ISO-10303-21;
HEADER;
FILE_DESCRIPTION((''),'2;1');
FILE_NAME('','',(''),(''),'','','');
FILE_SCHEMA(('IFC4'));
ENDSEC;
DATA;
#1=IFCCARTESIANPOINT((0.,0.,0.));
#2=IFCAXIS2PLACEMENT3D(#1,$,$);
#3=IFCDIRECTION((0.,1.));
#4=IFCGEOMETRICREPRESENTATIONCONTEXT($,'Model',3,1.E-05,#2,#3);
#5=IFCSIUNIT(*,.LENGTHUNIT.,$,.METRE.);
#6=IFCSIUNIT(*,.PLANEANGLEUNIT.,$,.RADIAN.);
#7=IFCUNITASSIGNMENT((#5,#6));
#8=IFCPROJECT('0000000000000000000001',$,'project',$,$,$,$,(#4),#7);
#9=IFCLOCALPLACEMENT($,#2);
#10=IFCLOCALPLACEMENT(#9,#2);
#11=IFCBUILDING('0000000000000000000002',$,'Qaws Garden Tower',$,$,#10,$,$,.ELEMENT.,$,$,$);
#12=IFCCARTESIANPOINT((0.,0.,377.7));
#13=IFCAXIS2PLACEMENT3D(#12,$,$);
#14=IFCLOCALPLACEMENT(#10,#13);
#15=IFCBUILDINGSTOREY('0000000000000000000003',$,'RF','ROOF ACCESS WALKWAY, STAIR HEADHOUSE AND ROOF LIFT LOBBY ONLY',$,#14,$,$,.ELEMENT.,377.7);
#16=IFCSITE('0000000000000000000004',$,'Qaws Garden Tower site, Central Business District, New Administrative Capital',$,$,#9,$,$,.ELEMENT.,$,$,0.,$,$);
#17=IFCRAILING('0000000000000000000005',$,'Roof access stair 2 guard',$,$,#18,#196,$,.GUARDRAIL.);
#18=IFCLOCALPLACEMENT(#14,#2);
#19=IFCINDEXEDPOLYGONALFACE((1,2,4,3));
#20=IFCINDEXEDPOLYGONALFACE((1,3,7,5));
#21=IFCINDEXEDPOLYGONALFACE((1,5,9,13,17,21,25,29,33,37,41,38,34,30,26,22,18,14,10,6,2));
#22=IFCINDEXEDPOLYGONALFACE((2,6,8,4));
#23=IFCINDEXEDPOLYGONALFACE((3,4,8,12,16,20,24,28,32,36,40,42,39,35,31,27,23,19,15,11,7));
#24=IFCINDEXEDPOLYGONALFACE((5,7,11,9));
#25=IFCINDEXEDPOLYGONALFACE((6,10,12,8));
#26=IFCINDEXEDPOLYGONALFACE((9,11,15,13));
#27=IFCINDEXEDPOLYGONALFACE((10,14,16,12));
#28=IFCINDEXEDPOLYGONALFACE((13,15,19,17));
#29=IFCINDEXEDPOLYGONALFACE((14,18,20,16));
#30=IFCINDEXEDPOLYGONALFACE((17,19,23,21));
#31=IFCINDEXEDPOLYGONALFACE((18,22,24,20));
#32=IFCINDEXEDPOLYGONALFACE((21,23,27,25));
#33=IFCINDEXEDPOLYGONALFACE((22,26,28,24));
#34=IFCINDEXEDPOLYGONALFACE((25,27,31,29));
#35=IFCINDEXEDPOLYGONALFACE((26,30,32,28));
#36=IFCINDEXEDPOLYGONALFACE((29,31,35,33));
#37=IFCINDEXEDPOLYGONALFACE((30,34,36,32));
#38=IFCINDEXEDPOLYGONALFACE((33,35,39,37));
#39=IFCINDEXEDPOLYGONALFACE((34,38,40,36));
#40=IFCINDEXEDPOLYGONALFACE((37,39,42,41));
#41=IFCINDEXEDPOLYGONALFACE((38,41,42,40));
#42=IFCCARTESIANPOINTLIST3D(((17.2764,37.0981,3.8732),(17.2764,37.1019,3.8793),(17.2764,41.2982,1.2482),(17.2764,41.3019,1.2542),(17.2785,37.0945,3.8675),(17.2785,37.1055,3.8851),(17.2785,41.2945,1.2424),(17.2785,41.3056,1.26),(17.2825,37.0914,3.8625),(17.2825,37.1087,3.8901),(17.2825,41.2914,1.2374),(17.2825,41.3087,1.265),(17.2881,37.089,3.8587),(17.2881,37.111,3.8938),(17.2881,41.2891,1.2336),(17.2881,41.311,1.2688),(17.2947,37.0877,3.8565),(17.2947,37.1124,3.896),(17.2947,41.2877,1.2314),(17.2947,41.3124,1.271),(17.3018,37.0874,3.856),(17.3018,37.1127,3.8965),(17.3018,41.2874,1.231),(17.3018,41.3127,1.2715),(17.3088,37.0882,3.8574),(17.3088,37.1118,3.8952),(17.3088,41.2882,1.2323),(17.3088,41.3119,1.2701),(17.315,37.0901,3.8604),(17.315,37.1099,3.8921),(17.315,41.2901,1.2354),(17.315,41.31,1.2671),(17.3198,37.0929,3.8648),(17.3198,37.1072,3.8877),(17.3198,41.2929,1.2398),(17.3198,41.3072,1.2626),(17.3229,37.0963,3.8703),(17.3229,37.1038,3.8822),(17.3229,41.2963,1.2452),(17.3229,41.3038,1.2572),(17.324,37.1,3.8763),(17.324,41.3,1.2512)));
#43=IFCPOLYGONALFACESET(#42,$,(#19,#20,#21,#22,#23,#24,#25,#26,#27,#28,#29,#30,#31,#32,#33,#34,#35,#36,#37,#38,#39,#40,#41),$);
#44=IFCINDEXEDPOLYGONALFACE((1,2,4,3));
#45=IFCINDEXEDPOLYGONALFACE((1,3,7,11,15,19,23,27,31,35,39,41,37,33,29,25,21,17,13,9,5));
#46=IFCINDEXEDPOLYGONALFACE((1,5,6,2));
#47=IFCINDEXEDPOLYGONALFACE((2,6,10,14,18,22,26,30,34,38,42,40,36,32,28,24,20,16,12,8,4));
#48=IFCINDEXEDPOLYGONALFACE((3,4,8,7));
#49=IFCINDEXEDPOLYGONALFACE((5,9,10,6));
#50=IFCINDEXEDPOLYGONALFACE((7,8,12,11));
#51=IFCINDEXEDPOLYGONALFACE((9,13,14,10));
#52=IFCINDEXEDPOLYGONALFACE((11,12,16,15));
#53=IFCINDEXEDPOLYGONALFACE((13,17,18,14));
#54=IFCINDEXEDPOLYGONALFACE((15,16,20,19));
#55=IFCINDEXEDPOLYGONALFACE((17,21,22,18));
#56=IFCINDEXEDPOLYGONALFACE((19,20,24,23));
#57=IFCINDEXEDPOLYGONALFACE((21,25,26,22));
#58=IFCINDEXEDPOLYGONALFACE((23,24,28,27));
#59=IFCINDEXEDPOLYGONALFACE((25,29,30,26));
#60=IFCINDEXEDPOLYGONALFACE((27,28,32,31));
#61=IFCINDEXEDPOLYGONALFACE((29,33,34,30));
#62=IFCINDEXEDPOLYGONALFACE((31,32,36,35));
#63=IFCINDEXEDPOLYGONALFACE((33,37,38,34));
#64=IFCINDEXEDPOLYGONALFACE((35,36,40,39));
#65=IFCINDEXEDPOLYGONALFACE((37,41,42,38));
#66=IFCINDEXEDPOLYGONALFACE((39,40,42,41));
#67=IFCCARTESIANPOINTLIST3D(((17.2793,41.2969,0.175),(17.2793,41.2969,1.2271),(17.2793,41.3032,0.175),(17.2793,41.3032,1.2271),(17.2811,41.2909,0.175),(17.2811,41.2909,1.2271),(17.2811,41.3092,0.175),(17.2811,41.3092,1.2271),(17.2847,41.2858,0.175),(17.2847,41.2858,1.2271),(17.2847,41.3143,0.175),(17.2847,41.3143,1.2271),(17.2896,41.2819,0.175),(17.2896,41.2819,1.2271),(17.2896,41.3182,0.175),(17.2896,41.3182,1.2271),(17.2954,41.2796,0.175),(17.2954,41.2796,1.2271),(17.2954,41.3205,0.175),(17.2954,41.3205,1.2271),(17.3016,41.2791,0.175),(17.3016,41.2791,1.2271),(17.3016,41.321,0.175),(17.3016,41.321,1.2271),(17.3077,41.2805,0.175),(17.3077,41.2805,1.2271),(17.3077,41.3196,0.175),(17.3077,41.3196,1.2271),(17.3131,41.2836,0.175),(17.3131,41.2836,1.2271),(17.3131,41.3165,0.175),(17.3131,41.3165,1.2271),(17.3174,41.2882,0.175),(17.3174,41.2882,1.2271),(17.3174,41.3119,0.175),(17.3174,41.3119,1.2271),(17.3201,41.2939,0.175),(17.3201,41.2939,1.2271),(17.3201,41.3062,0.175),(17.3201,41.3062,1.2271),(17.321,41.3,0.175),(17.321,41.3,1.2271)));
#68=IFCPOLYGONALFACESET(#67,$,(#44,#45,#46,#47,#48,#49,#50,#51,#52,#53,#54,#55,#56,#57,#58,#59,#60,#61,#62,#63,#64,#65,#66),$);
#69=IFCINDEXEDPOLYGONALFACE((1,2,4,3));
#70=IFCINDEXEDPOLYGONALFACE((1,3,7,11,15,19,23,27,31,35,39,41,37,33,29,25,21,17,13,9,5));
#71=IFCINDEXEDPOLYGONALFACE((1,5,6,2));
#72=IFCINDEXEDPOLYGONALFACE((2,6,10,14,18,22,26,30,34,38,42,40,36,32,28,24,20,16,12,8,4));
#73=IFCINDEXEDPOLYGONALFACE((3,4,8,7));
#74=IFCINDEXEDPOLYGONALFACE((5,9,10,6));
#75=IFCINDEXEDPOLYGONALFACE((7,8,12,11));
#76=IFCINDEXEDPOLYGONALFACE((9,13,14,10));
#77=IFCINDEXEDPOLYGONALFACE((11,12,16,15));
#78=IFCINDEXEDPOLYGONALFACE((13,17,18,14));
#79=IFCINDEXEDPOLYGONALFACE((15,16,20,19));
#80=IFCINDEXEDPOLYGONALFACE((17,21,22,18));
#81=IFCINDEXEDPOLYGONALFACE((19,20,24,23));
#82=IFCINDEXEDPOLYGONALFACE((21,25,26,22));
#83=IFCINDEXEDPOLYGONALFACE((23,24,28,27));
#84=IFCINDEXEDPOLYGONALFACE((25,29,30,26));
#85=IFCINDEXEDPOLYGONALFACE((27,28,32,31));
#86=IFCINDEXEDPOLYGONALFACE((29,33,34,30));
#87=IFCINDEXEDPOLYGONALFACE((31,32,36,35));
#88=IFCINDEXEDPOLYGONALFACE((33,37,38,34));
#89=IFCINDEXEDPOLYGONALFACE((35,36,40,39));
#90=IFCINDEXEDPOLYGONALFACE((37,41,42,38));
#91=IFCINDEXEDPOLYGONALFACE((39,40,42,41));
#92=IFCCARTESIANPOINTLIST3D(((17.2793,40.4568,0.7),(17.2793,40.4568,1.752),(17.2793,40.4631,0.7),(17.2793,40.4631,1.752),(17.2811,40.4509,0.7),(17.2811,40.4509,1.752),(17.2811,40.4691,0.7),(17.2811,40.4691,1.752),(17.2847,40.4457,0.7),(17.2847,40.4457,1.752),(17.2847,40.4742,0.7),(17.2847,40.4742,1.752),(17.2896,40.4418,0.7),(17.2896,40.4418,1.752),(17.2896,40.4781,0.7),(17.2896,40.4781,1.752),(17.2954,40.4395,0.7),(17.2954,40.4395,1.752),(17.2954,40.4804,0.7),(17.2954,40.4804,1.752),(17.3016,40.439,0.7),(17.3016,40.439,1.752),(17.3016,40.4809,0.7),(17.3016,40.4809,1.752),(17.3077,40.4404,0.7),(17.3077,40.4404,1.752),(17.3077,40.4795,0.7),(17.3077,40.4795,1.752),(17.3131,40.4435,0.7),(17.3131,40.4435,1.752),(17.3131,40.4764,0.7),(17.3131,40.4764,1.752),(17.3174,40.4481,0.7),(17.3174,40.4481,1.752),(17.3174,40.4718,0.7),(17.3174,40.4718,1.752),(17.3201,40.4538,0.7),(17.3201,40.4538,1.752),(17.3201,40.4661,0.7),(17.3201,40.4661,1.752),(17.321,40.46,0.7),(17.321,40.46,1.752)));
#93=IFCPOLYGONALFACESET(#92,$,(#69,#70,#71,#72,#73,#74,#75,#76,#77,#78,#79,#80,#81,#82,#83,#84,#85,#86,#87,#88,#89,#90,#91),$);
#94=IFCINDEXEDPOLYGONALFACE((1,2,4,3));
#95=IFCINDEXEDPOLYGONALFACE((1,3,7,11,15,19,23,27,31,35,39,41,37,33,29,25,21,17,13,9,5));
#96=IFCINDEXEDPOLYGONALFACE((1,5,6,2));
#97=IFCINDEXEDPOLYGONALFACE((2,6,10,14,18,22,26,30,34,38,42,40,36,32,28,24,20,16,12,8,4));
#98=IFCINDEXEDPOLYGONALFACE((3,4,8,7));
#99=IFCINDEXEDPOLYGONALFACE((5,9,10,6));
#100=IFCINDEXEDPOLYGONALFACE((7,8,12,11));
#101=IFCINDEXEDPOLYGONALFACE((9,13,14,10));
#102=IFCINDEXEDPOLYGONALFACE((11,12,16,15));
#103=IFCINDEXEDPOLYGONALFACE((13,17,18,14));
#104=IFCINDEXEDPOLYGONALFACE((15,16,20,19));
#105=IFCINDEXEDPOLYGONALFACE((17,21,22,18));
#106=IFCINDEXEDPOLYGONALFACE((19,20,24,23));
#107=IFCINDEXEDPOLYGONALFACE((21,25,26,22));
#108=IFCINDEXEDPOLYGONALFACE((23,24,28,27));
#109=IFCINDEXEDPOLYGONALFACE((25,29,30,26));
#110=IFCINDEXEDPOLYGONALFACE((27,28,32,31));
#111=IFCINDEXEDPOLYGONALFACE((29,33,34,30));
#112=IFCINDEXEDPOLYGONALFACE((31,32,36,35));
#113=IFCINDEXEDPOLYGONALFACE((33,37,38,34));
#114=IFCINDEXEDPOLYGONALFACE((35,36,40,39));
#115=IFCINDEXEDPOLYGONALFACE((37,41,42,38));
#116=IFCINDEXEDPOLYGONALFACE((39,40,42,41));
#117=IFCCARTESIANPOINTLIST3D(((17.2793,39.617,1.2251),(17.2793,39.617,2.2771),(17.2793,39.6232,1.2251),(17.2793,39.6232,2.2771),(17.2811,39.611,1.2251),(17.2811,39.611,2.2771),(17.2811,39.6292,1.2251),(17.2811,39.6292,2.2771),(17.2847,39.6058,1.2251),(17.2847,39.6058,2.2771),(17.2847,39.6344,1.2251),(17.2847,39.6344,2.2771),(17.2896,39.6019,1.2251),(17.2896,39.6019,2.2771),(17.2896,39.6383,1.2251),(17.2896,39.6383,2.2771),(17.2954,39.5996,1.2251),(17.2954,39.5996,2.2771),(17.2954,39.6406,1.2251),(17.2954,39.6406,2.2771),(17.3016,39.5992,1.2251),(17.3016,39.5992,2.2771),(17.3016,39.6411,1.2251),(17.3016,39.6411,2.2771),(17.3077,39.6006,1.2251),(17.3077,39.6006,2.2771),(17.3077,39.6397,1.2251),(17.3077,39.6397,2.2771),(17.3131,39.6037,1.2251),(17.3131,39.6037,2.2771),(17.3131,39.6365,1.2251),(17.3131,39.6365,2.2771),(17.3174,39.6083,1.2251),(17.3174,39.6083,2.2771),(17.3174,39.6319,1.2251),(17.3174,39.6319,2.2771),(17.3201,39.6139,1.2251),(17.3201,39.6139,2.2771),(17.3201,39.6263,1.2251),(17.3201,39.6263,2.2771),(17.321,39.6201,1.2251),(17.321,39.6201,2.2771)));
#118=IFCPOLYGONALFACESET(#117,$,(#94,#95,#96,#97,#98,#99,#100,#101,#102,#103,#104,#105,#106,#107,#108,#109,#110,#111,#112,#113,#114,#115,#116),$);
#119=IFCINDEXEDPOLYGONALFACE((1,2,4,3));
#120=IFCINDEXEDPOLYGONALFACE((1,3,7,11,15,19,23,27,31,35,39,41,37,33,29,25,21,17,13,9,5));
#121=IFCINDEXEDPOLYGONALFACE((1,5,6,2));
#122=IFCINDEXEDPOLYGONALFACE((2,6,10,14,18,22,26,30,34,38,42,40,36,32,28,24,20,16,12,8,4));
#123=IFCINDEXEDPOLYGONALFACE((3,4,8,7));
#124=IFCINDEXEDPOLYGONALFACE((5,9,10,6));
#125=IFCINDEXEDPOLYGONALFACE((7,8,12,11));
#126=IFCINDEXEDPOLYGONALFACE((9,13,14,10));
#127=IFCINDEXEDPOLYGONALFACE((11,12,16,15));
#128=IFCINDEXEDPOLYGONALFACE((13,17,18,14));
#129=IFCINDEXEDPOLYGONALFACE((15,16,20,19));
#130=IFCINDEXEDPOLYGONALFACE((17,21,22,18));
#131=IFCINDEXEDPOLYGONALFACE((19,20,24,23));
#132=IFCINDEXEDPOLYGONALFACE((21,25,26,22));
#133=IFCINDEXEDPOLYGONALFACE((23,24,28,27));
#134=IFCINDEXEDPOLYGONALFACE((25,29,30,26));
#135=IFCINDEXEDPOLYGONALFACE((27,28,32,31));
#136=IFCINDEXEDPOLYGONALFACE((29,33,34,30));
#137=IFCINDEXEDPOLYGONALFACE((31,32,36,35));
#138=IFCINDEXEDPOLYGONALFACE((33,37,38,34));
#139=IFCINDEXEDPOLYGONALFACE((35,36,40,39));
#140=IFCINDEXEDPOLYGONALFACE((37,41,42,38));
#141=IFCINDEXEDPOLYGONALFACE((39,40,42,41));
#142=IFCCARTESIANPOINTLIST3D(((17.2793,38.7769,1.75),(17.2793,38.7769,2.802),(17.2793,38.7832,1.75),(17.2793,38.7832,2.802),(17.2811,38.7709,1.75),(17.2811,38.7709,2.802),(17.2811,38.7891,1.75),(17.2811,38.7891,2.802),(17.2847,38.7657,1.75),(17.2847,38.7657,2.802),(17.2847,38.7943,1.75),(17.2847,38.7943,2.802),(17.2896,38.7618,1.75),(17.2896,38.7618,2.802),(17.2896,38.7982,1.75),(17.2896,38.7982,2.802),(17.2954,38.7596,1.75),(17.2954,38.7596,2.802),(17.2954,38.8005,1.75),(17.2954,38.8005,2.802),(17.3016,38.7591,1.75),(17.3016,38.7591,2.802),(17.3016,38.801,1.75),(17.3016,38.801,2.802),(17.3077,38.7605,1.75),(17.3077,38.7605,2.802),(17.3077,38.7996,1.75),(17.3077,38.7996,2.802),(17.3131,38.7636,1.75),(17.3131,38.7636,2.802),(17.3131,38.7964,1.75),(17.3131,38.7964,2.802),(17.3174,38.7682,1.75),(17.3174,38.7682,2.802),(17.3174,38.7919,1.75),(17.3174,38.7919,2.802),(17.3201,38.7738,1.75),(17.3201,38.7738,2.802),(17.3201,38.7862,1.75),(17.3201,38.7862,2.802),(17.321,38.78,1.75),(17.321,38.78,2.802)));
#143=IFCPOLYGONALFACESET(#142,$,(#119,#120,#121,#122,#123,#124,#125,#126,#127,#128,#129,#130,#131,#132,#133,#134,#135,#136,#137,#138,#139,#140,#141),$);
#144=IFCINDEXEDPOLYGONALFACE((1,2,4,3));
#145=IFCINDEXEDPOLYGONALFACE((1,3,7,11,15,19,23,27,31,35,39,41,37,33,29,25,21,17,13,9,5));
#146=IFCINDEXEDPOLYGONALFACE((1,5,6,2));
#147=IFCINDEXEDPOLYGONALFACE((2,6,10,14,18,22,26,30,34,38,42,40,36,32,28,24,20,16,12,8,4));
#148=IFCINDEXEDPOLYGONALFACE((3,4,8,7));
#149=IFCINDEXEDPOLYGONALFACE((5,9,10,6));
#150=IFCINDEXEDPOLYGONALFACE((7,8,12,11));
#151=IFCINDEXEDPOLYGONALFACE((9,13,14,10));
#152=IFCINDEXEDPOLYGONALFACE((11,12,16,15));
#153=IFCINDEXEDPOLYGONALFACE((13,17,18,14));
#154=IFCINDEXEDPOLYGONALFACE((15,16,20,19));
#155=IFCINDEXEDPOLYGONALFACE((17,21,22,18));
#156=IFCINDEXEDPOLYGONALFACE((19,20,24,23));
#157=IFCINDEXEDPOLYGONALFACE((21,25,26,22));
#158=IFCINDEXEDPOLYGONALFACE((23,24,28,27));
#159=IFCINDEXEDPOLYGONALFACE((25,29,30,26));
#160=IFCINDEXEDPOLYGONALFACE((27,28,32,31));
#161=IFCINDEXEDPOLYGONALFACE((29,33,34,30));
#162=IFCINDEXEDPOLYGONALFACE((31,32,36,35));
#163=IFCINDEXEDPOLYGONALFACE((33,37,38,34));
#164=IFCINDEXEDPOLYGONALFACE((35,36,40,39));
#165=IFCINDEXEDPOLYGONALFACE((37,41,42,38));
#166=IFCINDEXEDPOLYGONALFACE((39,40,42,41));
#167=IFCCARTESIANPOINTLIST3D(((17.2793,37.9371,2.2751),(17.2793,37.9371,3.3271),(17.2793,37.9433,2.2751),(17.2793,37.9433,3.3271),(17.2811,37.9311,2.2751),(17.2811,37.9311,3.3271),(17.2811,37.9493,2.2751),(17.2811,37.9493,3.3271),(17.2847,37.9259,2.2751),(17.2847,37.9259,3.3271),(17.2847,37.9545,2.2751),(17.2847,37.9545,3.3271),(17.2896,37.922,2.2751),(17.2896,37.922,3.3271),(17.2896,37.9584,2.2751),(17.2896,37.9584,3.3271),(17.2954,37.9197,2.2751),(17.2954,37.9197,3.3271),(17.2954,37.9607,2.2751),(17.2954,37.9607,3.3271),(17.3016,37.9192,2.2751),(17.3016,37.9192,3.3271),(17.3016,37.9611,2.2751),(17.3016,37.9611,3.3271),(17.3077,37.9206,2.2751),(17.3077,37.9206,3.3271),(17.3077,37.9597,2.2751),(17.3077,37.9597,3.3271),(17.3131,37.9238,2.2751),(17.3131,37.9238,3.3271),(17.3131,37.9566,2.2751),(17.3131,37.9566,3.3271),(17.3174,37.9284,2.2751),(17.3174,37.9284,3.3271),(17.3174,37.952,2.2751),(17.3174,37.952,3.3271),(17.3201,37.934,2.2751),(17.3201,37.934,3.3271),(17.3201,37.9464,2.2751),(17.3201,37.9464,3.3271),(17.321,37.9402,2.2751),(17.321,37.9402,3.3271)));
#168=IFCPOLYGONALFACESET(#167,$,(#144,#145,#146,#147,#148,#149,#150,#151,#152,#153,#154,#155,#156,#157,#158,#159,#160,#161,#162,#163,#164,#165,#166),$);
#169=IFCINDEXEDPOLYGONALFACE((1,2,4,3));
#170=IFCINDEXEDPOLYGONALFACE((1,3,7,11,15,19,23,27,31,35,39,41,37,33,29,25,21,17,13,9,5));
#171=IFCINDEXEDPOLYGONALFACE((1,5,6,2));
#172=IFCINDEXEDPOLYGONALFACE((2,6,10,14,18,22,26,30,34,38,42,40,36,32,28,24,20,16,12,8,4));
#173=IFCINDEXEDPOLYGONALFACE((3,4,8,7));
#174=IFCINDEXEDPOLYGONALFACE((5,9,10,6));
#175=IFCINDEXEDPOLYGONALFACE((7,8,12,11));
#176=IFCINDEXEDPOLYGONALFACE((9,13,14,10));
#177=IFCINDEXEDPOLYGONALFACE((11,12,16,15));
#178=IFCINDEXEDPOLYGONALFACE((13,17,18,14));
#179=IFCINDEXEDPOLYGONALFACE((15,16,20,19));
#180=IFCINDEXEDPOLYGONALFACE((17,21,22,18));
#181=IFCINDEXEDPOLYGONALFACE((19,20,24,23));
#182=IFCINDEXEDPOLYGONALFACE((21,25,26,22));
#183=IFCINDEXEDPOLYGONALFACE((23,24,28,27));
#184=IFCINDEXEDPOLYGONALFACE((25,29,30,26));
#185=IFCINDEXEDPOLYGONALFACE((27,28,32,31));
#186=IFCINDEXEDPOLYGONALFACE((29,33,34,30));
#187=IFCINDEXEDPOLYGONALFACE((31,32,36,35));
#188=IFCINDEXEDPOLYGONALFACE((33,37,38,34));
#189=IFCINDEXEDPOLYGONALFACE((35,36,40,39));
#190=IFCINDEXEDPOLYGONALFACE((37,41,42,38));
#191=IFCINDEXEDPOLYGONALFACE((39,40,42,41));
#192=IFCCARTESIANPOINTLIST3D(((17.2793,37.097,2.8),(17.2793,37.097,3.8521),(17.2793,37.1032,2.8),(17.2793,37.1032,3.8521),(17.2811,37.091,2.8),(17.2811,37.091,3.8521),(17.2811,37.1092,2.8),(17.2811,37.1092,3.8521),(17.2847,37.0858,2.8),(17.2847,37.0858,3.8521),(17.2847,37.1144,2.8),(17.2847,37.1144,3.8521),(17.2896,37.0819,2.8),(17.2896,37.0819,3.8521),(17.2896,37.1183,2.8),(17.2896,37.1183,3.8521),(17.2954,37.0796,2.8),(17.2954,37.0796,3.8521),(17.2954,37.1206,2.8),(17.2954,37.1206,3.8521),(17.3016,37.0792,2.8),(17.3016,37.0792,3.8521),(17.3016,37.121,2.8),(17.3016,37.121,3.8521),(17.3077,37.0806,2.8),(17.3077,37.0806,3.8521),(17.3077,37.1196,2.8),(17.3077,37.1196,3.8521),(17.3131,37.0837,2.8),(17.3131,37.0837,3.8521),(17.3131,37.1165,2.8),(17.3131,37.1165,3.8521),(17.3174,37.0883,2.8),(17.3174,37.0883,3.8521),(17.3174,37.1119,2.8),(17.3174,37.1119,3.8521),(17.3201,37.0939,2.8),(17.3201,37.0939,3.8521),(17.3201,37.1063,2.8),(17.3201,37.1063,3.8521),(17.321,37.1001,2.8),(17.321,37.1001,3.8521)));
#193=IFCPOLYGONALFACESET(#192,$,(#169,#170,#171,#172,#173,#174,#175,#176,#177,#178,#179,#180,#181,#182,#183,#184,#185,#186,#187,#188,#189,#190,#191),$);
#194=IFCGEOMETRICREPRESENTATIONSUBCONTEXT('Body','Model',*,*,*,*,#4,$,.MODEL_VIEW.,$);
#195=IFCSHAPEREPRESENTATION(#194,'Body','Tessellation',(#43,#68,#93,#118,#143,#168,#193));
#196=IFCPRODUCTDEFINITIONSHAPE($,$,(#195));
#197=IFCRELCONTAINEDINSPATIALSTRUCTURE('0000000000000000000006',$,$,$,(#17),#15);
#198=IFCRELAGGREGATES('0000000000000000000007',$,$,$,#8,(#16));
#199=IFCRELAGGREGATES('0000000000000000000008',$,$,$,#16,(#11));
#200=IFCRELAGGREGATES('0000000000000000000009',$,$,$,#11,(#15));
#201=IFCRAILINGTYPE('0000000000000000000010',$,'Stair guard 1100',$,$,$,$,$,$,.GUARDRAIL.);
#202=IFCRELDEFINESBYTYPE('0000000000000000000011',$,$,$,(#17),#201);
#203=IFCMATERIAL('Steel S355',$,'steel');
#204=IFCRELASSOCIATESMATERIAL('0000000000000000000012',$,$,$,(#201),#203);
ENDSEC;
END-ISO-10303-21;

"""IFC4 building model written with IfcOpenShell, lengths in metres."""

from ifc_helpers import new_model, si_unit, direction, frame, origin, origin_2d, place, context, subcontext, project, spatial, circle, extrude, material, type_object, element, save


model = new_model("IFC4")

# Units and contexts
model_context = context("Model", 3, precision=1e-05, world=origin(), true_north=direction((0.0, 1.0)))
body_context = subcontext(model_context, "Body", "Model", "MODEL_VIEW")
ifc_project = project(units=[si_unit("LENGTHUNIT", "METRE"), si_unit("PLANEANGLEUNIT", "RADIAN")], contexts=[model_context])

# Site, building, storey
site_placement = place(None, origin())
site = spatial("IfcSite", under=ifc_project, at=site_placement, Name="Qaws Garden Tower site, Central Business District, New Administrative Capital", CompositionType="ELEMENT", RefElevation=0.0)
building_placement = place(site_placement, origin())
building = spatial("IfcBuilding", under=site, at=building_placement, Name="Qaws Garden Tower", CompositionType="ELEMENT")
storey_placement = place(building_placement, frame((0.0, 0.0, 377.7)))
storey = spatial("IfcBuildingStorey", under=building, at=storey_placement, Name="RF", Description="ROOF ACCESS WALKWAY, STAIR HEADHOUSE AND ROOF LIFT LOBBY ONLY", CompositionType="ELEMENT", Elevation=377.7)

# Railing
ifc_material_1 = material(Name="Steel S355", Category="steel")
railing_type_1 = type_object("IfcRailingType", Name="Stair guard 1100", PredefinedType="GUARDRAIL", material=ifc_material_1)
for number, where, name in (
    (1, (17.3, 41.3, 0.175), "Roof access stair 2 guard"),
):
    element("IfcRailing", number, at=place(storey_placement, frame(where)), inside=storey, type_object=railing_type_1, Name=name, PredefinedType="GUARDRAIL", context=body_context, shape_type="SweptSolid", body=[
        extrude(circle(Radius=0.0239, at=origin_2d()), frame((0.0, 0.0, 1.0762), z_axis=(0.0, -0.847996, 0.530003), x_axis=(1.0, 0.0, 0.0)), (0.0, 0.0, 1.0), 4.9529),
        extrude(circle(Radius=0.021, at=origin_2d()), origin(), (0.0, 0.0, 1.0), 1.052),
        extrude(circle(Radius=0.021, at=origin_2d()), frame((0.0, -0.8401, 0.5249)), (0.0, 0.0, 1.0), 1.052),
        extrude(circle(Radius=0.021, at=origin_2d()), frame((0.0, -1.6799, 1.05)), (0.0, 0.0, 1.0), 1.052),
        extrude(circle(Radius=0.021, at=origin_2d()), frame((0.0, -2.52, 1.575)), (0.0, 0.0, 1.0), 1.052),
        extrude(circle(Radius=0.021, at=origin_2d()), frame((0.0, -3.3599, 2.1001)), (0.0, 0.0, 1.0), 1.052),
        extrude(circle(Radius=0.021, at=origin_2d()), frame((0.0, -4.2, 2.625)), (0.0, 0.0, 1.0), 1.052),
    ])

save(model, "model.ifc")
